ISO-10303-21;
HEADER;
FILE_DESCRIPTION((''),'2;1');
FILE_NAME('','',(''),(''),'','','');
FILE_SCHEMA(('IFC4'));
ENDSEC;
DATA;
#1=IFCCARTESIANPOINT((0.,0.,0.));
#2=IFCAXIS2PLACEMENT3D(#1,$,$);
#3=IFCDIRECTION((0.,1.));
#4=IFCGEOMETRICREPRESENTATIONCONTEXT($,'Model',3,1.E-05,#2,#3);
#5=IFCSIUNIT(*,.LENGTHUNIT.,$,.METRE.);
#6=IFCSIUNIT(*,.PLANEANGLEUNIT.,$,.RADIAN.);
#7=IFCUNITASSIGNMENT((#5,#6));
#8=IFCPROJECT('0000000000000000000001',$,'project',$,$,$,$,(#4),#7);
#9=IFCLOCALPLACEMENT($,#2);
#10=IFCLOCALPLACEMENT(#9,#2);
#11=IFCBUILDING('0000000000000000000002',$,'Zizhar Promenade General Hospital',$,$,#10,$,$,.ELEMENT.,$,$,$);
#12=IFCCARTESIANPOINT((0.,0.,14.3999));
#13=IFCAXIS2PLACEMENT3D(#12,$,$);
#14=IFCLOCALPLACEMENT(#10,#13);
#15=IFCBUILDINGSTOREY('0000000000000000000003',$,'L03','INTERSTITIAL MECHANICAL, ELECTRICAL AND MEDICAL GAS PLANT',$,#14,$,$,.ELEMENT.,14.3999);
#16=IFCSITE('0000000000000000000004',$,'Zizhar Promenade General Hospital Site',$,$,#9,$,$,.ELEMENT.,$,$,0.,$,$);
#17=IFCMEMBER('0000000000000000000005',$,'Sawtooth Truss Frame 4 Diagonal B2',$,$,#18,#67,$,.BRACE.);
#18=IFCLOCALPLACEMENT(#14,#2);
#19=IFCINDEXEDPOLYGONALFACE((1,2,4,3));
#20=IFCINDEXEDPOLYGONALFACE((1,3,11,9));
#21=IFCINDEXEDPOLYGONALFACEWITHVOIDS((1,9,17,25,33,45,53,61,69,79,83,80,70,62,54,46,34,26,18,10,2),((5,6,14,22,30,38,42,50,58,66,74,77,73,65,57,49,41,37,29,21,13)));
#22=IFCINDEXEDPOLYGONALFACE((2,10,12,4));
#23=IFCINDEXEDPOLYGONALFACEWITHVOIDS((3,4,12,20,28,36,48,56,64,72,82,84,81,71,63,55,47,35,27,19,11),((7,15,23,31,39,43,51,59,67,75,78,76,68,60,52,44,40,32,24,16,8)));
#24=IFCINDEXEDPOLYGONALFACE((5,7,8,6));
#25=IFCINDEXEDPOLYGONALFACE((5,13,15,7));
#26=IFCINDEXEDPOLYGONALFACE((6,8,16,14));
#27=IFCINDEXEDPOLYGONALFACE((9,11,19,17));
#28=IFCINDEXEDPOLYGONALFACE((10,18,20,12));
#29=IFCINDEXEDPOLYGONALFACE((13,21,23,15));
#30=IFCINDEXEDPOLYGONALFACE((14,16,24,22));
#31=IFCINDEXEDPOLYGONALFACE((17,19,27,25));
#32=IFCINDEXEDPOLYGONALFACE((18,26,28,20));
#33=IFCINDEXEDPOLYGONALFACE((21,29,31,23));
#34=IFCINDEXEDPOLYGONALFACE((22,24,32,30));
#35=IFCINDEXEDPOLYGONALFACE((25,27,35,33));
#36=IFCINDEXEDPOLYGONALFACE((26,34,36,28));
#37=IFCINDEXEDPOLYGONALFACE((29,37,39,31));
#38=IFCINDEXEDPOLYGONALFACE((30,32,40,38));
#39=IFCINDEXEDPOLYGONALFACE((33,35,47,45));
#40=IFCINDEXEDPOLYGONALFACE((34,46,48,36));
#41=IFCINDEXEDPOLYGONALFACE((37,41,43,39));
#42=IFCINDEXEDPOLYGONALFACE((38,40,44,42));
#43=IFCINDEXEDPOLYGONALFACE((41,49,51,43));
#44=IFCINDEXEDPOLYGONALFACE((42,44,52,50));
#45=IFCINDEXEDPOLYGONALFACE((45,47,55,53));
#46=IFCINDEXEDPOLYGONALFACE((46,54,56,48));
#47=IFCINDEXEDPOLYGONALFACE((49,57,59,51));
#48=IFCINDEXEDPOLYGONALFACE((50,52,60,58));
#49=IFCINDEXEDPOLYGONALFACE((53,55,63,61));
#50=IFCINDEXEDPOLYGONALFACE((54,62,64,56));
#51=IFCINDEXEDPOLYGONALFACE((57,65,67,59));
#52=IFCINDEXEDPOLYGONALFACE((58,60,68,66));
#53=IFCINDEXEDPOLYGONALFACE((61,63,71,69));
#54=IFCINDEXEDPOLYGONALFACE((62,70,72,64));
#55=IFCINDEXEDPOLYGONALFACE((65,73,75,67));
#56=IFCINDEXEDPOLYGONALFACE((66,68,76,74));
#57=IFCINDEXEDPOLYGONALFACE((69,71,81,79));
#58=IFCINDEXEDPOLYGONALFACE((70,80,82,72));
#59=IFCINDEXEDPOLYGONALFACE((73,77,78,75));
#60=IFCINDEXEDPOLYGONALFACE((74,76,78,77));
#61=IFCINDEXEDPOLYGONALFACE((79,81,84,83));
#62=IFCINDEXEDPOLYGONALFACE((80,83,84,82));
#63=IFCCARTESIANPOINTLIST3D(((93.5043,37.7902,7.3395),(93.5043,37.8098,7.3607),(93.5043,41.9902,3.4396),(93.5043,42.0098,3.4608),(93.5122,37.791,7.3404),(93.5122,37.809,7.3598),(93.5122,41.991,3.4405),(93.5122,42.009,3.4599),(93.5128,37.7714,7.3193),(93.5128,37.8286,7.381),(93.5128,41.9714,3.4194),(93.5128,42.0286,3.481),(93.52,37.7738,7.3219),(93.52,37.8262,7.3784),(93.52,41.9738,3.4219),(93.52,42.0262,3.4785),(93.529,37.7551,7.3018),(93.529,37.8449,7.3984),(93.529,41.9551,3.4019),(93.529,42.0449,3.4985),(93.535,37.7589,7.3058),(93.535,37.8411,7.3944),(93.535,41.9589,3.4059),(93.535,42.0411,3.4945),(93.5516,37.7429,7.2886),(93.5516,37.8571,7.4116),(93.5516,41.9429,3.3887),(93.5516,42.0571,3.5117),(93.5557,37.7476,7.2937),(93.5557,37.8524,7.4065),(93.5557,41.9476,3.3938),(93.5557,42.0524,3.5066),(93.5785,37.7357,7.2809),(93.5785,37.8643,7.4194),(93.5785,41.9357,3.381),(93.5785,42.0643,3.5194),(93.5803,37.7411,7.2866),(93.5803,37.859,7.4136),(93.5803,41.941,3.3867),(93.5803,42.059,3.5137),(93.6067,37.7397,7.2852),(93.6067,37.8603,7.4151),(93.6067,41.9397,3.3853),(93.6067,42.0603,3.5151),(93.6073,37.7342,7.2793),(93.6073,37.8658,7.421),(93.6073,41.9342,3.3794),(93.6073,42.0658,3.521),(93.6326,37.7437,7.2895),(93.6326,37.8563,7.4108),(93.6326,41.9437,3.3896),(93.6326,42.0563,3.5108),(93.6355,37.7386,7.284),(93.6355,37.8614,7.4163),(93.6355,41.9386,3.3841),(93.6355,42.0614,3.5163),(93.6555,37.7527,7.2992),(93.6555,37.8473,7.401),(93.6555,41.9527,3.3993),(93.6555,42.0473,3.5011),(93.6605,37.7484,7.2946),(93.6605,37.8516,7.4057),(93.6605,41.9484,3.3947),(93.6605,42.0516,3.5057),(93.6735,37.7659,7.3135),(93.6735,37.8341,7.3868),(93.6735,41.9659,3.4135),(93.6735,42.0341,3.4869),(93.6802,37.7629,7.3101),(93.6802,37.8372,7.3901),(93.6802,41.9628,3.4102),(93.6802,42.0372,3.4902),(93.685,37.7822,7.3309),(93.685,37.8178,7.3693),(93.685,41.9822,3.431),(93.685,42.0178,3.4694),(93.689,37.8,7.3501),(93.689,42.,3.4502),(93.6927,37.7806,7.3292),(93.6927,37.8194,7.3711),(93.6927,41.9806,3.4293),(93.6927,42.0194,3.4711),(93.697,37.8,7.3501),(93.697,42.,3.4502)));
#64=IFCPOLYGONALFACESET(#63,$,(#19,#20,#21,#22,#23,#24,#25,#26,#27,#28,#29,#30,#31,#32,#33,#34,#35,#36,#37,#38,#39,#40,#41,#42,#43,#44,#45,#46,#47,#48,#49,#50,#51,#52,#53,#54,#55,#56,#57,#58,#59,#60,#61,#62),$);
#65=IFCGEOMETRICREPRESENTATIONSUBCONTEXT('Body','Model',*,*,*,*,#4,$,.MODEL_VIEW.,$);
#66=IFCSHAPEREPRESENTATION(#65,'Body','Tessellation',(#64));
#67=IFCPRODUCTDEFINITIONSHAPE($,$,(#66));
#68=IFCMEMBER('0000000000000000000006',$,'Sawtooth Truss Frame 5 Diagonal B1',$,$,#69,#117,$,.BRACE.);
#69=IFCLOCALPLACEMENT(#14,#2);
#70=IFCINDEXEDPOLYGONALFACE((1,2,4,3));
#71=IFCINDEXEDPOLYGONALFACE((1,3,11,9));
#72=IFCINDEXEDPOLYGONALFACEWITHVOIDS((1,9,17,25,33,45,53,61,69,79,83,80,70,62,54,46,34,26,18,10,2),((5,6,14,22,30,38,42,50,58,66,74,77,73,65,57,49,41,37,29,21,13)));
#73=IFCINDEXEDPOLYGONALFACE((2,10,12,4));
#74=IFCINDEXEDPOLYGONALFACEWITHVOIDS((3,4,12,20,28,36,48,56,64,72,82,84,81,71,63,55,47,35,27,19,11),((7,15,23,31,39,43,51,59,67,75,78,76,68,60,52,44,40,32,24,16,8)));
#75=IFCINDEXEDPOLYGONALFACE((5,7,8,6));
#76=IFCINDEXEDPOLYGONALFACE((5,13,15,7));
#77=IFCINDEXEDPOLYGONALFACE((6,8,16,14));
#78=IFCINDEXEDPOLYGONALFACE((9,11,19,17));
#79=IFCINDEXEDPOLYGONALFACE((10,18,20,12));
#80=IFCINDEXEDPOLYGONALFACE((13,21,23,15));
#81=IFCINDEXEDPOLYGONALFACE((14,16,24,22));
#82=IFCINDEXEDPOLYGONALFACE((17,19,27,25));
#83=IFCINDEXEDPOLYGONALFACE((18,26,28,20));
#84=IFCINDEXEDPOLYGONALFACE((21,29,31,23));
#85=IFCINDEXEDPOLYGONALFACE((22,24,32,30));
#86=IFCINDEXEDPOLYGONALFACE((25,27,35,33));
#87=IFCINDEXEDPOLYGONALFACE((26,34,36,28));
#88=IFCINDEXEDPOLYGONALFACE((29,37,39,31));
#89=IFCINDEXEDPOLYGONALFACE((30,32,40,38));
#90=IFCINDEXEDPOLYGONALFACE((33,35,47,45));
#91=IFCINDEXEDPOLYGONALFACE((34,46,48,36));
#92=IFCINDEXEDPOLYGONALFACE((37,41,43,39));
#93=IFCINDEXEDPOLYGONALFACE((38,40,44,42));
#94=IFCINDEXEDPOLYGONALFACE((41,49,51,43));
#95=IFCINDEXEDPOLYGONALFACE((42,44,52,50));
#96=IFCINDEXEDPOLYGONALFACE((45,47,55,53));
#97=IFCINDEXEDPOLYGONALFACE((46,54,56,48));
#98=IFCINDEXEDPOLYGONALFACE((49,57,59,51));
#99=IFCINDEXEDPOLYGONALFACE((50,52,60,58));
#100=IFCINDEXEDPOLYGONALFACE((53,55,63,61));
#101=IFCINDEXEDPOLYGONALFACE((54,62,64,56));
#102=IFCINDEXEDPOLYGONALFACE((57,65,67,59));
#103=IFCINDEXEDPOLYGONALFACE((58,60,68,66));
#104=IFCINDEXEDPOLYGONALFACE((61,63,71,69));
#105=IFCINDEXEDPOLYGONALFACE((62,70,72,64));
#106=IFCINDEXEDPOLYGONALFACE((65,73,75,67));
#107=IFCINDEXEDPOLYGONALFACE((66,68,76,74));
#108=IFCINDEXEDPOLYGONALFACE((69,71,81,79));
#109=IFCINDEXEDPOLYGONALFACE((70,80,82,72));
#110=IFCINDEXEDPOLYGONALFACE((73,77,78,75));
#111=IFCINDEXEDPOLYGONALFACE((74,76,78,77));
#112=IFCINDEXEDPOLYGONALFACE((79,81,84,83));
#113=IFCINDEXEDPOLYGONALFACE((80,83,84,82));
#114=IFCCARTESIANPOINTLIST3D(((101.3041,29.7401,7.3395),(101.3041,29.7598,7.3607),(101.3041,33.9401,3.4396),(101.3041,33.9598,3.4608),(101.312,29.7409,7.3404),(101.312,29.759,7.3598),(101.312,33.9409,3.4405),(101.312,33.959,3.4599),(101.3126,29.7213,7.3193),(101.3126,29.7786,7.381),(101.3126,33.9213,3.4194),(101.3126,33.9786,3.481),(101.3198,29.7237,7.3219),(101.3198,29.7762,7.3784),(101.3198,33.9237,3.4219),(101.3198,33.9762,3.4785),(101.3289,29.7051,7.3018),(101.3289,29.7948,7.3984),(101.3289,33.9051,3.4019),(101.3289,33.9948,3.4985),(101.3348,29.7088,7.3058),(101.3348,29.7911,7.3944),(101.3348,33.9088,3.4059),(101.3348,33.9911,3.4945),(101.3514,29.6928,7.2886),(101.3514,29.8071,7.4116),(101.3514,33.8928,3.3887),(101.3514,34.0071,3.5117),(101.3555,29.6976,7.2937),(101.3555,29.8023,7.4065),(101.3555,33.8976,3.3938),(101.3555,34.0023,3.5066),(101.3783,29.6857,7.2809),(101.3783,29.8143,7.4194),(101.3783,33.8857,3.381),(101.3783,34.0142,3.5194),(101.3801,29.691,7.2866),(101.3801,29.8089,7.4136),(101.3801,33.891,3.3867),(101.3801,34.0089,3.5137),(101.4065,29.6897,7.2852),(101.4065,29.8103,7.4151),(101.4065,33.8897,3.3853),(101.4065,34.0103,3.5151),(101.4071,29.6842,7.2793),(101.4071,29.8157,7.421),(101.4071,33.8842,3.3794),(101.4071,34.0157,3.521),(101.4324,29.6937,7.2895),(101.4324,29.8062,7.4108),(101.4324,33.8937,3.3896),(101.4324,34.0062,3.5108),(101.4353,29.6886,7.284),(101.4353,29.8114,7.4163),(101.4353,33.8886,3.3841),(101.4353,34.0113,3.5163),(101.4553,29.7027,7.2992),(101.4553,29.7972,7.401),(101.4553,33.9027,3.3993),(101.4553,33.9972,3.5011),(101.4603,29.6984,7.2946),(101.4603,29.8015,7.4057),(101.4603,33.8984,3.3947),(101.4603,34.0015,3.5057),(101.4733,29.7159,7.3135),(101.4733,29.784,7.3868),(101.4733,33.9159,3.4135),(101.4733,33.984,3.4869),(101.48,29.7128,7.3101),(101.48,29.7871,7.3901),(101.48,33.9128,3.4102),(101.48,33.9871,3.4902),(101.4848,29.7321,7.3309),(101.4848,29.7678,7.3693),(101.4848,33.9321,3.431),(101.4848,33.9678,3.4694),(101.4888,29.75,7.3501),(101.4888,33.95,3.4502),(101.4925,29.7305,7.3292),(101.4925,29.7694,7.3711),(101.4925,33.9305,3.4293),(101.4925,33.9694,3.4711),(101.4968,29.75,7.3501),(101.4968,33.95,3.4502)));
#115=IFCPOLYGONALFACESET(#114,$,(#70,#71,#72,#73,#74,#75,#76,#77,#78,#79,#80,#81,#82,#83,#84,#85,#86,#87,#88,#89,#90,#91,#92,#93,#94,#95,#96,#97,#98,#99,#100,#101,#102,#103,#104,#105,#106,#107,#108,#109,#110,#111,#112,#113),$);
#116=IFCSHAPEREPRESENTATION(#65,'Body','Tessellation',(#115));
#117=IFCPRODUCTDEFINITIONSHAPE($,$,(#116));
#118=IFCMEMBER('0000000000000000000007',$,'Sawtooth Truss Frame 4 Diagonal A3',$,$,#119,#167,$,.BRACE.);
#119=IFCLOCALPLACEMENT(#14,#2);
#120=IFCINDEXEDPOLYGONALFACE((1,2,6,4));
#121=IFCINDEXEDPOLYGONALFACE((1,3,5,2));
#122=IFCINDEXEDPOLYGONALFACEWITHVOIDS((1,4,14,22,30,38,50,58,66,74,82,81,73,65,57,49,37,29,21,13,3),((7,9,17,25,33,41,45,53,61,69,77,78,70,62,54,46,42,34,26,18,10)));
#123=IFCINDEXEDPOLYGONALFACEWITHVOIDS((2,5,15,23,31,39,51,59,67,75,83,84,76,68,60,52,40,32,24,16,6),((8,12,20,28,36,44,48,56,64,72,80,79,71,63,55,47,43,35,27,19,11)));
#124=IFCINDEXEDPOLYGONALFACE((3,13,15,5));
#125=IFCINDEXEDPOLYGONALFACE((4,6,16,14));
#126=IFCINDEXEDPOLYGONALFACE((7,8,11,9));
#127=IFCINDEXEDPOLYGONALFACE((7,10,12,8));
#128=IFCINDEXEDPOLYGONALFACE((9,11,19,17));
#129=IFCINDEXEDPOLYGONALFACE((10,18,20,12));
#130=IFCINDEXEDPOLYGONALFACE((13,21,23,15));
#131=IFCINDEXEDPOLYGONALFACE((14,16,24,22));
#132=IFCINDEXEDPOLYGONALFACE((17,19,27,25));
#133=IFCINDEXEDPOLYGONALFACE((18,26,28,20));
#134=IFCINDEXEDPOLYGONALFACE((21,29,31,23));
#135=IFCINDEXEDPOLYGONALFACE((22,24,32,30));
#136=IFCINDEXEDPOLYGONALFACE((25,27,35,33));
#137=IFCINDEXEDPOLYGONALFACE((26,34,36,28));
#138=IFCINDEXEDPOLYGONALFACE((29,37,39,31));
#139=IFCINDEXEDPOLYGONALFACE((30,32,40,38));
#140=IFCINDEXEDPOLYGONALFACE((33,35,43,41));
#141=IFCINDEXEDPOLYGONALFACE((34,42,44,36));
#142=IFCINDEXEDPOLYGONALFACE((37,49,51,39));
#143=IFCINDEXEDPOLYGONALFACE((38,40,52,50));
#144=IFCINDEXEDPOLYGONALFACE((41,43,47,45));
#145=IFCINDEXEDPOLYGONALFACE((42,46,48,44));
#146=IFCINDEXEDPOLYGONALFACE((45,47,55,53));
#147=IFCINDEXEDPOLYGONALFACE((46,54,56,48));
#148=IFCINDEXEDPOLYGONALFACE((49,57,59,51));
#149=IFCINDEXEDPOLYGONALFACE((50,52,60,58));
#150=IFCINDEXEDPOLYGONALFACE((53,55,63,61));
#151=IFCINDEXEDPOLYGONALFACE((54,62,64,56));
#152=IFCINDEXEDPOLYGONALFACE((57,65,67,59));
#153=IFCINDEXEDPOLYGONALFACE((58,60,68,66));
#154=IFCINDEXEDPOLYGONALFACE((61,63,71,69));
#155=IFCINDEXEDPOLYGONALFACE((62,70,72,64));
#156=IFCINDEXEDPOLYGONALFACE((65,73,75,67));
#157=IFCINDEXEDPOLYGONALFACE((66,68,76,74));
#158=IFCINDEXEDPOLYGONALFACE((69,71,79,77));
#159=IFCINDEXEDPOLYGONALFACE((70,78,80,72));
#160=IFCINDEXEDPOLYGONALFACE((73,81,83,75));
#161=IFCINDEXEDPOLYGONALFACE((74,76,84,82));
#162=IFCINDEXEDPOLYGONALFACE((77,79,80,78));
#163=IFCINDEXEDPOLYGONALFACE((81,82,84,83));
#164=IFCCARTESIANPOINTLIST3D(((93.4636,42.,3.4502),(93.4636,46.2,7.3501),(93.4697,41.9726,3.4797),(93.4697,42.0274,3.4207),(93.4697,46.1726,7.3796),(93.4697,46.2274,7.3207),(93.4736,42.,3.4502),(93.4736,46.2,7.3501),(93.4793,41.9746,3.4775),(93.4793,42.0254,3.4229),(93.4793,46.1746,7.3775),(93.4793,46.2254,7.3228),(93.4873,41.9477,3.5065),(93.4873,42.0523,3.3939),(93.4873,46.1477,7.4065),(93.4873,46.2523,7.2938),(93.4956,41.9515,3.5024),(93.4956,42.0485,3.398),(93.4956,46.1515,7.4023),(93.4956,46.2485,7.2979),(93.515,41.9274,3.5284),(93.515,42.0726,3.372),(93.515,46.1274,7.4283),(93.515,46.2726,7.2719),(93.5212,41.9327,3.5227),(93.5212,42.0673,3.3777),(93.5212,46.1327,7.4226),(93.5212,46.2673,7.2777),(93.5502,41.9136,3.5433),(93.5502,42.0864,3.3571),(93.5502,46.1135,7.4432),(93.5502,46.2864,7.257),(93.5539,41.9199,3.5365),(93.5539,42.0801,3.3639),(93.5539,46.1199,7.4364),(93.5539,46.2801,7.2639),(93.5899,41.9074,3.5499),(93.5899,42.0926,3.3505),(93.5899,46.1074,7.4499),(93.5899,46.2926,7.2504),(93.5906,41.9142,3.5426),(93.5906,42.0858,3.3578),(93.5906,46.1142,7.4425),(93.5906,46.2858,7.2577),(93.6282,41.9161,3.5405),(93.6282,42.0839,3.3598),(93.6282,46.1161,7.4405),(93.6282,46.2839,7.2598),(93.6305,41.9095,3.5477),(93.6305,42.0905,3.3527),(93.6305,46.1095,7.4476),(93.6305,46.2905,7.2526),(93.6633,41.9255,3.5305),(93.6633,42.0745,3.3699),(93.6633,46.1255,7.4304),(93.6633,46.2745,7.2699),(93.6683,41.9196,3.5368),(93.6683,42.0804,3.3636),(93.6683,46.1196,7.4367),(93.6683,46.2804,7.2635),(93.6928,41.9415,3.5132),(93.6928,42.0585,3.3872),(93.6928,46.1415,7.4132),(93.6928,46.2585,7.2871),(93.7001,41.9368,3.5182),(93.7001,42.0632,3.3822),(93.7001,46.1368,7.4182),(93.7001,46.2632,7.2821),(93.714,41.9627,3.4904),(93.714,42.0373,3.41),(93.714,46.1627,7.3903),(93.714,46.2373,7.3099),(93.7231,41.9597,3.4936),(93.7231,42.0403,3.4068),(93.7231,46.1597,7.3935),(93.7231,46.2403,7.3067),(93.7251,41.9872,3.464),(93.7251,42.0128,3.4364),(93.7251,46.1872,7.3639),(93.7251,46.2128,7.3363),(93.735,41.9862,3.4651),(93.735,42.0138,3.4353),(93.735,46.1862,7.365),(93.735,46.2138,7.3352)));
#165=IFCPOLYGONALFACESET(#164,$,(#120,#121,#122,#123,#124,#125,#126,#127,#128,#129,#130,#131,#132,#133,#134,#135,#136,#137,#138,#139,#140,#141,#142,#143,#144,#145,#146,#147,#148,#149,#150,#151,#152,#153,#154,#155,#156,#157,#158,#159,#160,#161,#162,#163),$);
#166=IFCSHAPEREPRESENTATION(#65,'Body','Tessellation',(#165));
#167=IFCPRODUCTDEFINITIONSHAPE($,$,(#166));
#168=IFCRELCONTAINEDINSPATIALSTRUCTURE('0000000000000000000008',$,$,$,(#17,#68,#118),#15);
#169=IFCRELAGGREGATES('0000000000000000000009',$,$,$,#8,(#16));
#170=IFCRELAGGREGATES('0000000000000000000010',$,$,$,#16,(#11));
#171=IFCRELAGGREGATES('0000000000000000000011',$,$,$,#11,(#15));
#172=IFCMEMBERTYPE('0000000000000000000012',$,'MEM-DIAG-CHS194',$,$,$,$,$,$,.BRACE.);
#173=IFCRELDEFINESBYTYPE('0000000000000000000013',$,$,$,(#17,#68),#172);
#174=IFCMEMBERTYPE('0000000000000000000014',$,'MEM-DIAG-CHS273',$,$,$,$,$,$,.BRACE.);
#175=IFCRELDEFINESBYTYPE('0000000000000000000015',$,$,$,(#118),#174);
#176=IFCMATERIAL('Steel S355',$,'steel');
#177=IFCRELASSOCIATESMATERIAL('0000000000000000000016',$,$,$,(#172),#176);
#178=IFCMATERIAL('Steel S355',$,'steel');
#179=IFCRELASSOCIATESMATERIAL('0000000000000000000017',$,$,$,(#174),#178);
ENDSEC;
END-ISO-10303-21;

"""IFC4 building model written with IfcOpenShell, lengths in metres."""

from ifc_helpers import new_model, si_unit, direction, frame, origin, origin_2d, place, context, subcontext, project, spatial, hollow_circle, extrude, material, material_profile, profile_set, type_object, element, save


model = new_model("IFC4")

# Units and contexts
model_context = context("Model", 3, precision=1e-05, world=origin(), true_north=direction((0.0, 1.0)))
body_context = subcontext(model_context, "Body", "Model", "MODEL_VIEW")
ifc_project = project(units=[si_unit("LENGTHUNIT", "METRE"), si_unit("PLANEANGLEUNIT", "RADIAN")], contexts=[model_context])

# Site, building, storey
site_placement = place(None, origin())
site = spatial("IfcSite", under=ifc_project, at=site_placement, Name="Zizhar Promenade General Hospital Site", CompositionType="ELEMENT", RefElevation=0.0)
building_placement = place(site_placement, origin())
building = spatial("IfcBuilding", under=site, at=building_placement, Name="Zizhar Promenade General Hospital", CompositionType="ELEMENT")
storey_placement = place(building_placement, frame((0.0, 0.0, 14.3999)))
storey = spatial("IfcBuildingStorey", under=building, at=storey_placement, Name="L03", Description="INTERSTITIAL MECHANICAL, ELECTRICAL AND MEDICAL GAS PLANT", CompositionType="ELEMENT", Elevation=14.3999)

# Members
ifc_material_1 = material(Name="Steel S355", Category="steel")
ifc_material_profile_1 = material_profile(ifc_material_1, hollow_circle(Radius=0.0969, WallThickness=0.0081, at=origin_2d()))
ifc_profile_set_1 = profile_set([ifc_material_profile_1], Name="Steel S355")
member_type_1 = type_object("IfcMemberType", Name="MEM-DIAG-CHS194", PredefinedType="BRACE", material=ifc_profile_set_1)
for number, where, z_axis, x_axis, name in (
    (1, (93.6001, 42.0, 3.4502), (0.0, -0.732798, 0.680446), (1.0, 0.0, 0.0), "Sawtooth Truss Frame 4 Diagonal B2"),
    (2, (101.3999, 33.95, 3.4502), (0.0, -0.732798, 0.680446), (1.0, 0.0, 0.0), "Sawtooth Truss Frame 5 Diagonal B1"),
):
    element("IfcMember", number, at=place(storey_placement, frame(where, z_axis=z_axis, x_axis=x_axis)), inside=storey, type_object=member_type_1, Name=name, PredefinedType="BRACE", context=body_context, shape_type="SweptSolid", body=[
        extrude(hollow_circle(Radius=0.0969, WallThickness=0.0081, at=origin_2d()), origin(), (0.0, 0.0, 1.0), 5.7314),
    ])
ifc_material_2 = material(Name="Steel S355", Category="steel")
ifc_material_profile_2 = material_profile(ifc_material_2, hollow_circle(Radius=0.1365, WallThickness=0.01, at=origin_2d()))
ifc_profile_set_2 = profile_set([ifc_material_profile_2], Name="Steel S355")
member_type_2 = type_object("IfcMemberType", Name="MEM-DIAG-CHS273", PredefinedType="BRACE", material=ifc_profile_set_2)
for number, where, z_axis, x_axis, name in (
    (3, (93.6001, 42.0, 3.4502), (0.0, 0.732798, 0.680446), (-1.0, 0.0, 0.0), "Sawtooth Truss Frame 4 Diagonal A3"),
):
    element("IfcMember", number, at=place(storey_placement, frame(where, z_axis=z_axis, x_axis=x_axis)), inside=storey, type_object=member_type_2, Name=name, PredefinedType="BRACE", context=body_context, shape_type="SweptSolid", body=[
        extrude(hollow_circle(Radius=0.1365, WallThickness=0.01, at=origin_2d()), origin(), (0.0, 0.0, 1.0), 5.7314),
    ])

save(model, "model.ifc")
